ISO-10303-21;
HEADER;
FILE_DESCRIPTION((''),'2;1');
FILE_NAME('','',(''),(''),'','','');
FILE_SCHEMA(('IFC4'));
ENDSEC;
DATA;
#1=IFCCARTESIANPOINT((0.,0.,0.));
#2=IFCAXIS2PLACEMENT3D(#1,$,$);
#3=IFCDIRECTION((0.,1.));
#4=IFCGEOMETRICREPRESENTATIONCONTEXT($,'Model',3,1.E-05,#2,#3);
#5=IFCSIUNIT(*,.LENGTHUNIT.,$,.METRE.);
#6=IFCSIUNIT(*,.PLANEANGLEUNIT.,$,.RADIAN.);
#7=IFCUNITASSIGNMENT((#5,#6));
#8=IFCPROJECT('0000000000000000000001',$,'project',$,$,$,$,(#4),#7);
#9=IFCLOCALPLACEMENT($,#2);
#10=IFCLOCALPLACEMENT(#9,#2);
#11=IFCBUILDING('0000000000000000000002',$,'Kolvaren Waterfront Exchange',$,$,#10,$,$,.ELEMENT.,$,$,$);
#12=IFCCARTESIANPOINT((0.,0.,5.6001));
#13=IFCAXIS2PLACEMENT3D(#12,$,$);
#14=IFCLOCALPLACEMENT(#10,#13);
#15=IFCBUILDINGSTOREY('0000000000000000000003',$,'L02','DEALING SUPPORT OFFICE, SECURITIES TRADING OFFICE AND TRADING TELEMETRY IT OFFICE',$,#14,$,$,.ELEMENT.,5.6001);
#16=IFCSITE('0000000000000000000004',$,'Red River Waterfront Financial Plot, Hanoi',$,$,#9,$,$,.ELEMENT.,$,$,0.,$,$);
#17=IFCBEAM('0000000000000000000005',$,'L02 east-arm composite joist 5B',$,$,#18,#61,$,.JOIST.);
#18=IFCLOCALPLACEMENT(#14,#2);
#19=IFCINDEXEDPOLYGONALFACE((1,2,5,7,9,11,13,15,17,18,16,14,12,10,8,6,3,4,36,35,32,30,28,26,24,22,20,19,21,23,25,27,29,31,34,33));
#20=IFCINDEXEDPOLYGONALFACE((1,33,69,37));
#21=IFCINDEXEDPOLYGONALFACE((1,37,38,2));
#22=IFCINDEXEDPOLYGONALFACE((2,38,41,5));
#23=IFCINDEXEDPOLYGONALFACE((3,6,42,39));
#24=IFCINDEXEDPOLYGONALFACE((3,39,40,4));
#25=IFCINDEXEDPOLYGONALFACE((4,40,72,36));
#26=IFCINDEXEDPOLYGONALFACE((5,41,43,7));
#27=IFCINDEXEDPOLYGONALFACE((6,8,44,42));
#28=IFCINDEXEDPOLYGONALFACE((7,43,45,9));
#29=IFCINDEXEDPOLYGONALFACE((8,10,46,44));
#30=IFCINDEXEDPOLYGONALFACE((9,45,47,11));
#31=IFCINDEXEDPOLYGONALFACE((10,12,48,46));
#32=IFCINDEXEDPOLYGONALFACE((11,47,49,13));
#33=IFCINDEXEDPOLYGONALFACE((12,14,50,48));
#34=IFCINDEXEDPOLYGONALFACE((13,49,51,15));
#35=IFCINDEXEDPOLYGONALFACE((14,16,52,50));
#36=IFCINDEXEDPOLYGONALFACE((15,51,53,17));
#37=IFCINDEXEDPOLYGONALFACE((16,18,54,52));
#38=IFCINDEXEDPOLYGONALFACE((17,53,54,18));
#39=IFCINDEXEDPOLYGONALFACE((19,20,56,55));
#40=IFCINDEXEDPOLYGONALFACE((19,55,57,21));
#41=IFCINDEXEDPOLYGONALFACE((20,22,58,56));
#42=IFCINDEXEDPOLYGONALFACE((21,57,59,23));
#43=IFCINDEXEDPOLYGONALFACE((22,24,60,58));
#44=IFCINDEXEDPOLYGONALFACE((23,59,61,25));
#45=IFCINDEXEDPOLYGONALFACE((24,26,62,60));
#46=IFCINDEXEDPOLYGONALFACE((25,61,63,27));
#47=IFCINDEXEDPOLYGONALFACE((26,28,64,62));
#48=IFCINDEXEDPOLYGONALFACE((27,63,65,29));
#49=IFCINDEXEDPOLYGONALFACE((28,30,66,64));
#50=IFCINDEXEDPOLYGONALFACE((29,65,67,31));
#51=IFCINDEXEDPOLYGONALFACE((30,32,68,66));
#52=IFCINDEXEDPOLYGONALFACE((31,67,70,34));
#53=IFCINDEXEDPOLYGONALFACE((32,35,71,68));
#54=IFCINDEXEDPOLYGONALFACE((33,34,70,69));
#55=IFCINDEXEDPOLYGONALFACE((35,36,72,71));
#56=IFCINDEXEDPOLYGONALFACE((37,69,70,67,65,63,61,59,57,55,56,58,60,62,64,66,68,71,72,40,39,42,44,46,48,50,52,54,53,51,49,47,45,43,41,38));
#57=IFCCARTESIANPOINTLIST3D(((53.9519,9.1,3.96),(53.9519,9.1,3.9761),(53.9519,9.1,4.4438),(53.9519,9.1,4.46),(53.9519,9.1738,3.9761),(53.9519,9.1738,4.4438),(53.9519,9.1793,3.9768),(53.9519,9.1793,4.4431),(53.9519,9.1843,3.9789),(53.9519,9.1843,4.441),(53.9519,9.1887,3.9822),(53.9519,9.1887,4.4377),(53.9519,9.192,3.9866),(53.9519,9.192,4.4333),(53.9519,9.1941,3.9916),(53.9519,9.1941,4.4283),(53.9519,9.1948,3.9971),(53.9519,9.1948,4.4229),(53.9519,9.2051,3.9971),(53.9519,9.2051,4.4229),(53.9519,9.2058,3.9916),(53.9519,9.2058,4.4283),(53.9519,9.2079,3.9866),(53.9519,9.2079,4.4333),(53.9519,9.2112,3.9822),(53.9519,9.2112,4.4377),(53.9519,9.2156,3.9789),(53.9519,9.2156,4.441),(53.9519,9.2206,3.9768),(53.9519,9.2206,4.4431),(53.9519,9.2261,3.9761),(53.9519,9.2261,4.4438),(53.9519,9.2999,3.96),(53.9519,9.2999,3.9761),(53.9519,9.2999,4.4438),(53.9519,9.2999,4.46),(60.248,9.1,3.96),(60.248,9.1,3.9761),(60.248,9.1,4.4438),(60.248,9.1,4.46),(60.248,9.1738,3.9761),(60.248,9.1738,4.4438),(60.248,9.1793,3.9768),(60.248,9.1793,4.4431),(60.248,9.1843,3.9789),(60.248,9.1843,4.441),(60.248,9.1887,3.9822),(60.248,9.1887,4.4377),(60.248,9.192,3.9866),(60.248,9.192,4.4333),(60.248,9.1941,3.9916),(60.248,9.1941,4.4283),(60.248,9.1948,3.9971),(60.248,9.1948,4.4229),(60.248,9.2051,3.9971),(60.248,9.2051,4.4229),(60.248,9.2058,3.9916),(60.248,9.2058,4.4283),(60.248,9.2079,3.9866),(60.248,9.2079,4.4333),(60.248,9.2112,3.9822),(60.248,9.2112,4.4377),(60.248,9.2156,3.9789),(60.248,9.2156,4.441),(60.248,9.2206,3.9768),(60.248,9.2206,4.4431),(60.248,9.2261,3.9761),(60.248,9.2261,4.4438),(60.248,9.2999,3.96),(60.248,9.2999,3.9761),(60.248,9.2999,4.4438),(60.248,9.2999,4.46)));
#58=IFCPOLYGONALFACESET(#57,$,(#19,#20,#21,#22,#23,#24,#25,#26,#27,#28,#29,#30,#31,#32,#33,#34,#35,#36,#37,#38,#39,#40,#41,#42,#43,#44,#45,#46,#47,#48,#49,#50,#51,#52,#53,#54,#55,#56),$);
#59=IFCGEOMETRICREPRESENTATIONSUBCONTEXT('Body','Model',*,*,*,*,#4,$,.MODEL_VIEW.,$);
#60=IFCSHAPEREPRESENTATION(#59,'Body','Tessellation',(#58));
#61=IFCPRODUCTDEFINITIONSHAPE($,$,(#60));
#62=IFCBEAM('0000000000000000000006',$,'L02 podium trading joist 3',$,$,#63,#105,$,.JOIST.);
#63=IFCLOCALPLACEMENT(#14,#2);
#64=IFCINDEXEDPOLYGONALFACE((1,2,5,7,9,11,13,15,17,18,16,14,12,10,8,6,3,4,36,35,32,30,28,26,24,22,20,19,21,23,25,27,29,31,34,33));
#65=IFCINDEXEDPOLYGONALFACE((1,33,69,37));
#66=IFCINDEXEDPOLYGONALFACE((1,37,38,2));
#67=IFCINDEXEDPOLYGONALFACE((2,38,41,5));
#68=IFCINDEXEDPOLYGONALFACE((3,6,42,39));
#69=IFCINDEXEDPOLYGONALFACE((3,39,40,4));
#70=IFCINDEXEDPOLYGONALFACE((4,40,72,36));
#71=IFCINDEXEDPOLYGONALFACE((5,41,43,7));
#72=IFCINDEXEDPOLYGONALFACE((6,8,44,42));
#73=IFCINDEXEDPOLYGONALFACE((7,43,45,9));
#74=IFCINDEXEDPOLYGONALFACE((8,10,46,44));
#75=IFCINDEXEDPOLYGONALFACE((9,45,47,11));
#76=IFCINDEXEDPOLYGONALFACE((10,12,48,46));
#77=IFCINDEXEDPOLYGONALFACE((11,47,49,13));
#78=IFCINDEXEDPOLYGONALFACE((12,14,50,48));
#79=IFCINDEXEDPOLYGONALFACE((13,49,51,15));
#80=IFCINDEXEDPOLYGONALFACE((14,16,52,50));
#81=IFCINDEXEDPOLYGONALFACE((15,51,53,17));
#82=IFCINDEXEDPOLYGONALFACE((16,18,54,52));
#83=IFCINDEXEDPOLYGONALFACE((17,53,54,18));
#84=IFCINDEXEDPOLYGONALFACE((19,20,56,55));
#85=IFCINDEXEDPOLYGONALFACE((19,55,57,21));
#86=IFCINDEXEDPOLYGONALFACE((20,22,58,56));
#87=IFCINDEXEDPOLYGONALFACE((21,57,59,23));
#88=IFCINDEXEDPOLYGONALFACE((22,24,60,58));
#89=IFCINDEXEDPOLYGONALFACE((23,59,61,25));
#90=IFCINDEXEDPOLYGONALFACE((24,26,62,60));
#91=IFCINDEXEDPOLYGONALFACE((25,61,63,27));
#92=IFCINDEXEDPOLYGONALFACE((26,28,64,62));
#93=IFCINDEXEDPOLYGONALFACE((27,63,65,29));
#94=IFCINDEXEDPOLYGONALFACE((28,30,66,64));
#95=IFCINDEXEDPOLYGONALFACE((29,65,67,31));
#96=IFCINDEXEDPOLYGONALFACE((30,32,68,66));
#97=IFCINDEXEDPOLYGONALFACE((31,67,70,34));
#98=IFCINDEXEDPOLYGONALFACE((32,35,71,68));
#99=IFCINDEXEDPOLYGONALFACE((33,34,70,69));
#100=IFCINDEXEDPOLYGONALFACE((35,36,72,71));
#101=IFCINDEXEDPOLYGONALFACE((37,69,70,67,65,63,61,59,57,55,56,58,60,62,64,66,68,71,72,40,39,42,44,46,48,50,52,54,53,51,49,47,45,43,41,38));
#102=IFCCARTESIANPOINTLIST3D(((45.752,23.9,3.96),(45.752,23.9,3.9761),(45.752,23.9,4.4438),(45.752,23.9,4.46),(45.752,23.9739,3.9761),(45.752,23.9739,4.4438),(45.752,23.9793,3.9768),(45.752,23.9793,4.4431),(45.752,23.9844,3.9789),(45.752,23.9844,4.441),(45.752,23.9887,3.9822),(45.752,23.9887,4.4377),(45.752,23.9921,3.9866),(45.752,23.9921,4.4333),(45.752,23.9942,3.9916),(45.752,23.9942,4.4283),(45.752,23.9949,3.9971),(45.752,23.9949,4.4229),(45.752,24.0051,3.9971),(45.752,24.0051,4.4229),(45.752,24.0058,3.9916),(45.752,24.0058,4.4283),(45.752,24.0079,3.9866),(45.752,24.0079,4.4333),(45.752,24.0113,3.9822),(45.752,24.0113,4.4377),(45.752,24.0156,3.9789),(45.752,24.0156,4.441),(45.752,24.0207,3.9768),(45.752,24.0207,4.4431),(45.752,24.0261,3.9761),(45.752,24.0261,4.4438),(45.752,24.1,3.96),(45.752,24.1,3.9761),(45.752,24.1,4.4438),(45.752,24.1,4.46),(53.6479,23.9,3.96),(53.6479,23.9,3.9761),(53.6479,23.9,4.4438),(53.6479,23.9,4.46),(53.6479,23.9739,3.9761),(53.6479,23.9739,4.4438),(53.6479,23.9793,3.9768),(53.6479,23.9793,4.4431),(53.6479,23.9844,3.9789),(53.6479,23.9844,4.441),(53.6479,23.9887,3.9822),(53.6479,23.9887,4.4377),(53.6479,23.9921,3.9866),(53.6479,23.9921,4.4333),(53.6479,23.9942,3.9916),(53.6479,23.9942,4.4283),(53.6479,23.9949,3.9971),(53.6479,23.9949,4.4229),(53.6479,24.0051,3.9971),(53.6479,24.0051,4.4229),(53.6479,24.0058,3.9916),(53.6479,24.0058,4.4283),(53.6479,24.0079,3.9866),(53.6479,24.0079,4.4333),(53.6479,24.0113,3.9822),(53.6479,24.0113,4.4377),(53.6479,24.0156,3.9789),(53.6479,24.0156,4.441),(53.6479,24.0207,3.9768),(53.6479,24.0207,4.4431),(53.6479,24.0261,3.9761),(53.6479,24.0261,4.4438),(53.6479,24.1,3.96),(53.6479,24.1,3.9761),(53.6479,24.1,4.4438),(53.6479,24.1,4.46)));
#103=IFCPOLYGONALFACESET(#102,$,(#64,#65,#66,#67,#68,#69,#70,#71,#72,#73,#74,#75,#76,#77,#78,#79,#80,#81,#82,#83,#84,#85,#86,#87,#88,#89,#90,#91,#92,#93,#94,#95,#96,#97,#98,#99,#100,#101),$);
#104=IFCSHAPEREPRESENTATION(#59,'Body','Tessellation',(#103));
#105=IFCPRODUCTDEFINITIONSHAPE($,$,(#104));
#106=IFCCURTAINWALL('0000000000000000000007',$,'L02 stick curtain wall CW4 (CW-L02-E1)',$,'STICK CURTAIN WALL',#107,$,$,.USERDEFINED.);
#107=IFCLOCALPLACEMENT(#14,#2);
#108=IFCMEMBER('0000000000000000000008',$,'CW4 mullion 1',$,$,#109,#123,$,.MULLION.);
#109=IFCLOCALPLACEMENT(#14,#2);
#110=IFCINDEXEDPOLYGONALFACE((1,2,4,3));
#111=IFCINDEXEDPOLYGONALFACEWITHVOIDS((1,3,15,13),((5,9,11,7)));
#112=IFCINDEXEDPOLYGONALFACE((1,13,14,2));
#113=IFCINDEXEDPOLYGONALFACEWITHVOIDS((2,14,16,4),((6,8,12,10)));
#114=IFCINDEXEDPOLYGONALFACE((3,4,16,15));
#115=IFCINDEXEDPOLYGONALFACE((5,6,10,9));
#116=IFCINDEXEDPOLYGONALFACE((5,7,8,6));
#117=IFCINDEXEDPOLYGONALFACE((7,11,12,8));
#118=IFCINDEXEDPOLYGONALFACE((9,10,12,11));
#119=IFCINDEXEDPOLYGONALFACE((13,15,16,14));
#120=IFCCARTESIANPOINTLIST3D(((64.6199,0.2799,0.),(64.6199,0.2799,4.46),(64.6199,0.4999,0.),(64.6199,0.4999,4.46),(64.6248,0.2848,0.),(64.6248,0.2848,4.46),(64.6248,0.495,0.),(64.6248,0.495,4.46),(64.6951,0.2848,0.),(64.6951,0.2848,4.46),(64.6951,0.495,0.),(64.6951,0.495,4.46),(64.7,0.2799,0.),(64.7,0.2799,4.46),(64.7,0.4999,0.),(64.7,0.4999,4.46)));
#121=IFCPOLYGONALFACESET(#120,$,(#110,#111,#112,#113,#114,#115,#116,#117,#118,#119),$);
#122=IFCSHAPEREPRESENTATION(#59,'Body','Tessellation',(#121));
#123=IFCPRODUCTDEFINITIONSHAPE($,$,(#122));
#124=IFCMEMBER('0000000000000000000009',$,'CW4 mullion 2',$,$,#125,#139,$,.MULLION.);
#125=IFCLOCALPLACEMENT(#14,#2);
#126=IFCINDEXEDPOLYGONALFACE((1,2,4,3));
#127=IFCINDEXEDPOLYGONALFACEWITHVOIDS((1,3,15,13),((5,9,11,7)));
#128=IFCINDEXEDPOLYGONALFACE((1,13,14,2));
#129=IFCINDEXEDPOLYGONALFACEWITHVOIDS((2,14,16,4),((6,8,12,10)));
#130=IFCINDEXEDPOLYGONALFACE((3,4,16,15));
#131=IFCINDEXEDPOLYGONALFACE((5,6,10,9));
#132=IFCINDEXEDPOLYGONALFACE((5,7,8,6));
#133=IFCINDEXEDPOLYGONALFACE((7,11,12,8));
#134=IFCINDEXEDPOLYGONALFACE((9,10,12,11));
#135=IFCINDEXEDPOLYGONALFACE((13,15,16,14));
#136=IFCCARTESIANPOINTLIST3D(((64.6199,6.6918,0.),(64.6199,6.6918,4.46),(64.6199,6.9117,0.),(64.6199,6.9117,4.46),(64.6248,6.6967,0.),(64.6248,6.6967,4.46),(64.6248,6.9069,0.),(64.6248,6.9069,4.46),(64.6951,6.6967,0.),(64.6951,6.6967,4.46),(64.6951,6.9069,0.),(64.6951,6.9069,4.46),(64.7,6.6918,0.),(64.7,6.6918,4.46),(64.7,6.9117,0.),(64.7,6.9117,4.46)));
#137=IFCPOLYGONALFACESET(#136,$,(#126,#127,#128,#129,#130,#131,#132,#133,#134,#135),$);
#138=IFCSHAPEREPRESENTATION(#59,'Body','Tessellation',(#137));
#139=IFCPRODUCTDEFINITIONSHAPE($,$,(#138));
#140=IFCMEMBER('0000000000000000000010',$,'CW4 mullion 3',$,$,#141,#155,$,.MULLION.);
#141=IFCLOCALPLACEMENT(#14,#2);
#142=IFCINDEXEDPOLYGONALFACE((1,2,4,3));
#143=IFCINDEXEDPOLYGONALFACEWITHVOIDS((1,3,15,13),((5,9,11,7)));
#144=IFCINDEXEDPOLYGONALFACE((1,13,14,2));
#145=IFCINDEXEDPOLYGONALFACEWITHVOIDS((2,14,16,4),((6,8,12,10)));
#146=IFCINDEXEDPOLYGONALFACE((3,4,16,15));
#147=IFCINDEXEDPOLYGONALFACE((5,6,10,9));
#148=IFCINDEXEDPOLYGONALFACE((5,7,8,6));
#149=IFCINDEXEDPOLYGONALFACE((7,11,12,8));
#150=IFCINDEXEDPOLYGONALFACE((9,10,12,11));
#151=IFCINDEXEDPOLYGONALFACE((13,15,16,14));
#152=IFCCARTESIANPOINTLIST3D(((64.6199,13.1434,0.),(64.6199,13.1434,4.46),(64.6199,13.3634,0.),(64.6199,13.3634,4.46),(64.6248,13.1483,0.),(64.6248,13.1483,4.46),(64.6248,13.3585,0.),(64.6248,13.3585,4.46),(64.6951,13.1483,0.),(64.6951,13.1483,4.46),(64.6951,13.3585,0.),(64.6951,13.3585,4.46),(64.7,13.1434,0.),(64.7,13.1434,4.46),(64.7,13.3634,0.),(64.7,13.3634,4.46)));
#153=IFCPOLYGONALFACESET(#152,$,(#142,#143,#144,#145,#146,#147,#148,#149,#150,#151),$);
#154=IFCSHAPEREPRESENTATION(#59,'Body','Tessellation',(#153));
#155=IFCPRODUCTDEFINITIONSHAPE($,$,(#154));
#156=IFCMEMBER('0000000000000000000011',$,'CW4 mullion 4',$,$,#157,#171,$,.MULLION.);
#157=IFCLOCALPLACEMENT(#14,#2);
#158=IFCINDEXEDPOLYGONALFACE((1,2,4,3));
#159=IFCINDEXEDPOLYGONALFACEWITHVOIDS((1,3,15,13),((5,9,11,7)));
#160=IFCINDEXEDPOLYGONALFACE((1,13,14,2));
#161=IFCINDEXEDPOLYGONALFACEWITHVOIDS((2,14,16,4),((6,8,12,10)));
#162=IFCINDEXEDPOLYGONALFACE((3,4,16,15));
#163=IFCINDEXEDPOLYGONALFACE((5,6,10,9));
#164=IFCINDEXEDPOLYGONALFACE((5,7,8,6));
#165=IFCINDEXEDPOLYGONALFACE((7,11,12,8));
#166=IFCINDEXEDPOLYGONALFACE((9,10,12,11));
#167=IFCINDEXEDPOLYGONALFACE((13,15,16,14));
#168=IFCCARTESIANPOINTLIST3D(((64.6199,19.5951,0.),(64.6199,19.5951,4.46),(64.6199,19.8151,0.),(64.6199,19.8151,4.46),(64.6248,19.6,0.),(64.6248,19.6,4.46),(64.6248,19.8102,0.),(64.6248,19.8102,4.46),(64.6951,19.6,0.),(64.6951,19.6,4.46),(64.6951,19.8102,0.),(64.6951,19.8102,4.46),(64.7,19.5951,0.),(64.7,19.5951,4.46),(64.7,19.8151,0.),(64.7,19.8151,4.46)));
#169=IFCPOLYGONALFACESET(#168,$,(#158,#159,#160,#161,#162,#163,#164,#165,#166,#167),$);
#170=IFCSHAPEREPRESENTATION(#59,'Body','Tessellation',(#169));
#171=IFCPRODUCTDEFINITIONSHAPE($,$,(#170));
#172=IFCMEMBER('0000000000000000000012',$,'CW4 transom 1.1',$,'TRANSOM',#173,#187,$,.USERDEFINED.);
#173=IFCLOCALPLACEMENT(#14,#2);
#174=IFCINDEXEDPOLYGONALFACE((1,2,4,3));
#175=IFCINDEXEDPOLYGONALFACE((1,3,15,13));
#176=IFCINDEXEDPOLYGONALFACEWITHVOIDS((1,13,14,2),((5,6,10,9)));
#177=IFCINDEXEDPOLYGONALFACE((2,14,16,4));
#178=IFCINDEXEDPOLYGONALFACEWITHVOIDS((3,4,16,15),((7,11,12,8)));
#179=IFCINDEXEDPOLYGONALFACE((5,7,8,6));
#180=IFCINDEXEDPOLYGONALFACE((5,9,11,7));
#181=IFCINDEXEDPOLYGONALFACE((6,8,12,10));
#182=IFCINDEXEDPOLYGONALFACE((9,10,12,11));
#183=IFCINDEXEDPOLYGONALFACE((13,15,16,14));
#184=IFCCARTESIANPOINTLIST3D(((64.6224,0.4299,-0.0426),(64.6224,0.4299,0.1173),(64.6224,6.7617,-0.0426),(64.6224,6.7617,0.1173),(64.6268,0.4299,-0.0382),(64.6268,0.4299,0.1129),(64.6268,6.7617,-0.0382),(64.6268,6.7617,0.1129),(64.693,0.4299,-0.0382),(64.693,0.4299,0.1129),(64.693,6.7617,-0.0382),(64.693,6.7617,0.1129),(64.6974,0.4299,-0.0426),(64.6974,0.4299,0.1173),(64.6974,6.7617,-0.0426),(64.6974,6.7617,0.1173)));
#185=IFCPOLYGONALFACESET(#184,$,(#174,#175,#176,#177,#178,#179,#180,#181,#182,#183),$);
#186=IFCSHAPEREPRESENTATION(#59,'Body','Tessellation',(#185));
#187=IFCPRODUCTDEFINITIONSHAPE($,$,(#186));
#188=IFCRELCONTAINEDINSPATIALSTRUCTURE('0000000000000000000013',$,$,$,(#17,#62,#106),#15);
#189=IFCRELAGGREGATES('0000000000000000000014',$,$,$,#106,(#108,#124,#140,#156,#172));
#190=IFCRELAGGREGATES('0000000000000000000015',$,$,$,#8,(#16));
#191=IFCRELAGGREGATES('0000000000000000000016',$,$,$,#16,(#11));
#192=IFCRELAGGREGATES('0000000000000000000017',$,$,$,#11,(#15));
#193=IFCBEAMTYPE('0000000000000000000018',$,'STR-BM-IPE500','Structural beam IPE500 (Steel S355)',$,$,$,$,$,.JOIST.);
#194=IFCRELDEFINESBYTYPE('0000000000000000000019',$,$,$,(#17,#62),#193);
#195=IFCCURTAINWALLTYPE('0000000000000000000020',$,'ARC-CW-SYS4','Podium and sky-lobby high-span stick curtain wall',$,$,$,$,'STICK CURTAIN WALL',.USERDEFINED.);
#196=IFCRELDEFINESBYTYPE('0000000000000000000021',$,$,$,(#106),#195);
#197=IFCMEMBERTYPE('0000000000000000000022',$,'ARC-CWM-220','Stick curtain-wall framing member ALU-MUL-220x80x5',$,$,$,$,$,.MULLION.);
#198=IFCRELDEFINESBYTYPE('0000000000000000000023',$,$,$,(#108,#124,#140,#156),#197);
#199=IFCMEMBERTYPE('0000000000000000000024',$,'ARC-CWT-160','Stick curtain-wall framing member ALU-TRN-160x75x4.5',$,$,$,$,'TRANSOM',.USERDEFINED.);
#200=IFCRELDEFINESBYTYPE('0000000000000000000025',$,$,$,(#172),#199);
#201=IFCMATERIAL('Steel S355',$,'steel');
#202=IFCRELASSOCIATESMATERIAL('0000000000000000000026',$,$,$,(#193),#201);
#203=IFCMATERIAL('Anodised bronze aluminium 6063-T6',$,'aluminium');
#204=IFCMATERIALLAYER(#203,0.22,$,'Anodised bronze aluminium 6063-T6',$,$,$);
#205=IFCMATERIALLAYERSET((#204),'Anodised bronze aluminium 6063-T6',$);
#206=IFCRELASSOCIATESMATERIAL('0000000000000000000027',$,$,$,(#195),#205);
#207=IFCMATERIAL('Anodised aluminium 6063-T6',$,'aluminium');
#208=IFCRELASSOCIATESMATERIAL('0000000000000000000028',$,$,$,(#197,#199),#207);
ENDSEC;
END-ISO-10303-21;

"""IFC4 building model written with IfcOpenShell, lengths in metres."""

from ifc_helpers import new_model, si_unit, direction, frame, origin, origin_with_axes, origin_2d, place, context, subcontext, project, spatial, hollow_rectangle, i_section, extrude, source, transform, mapped, material, layer, layer_set, material_profile, profile_set, type_object, element, aggregate, save


model = new_model("IFC4")

# Units and contexts
model_context = context("Model", 3, precision=1e-05, world=origin(), true_north=direction((0.0, 1.0)))
body_context = subcontext(model_context, "Body", "Model", "MODEL_VIEW")
ifc_project = project(units=[si_unit("LENGTHUNIT", "METRE"), si_unit("PLANEANGLEUNIT", "RADIAN")], contexts=[model_context])

# Site, building, storey
site_placement = place(None, origin())
site = spatial("IfcSite", under=ifc_project, at=site_placement, Name="Red River Waterfront Financial Plot, Hanoi", CompositionType="ELEMENT", RefElevation=0.0)
building_placement = place(site_placement, origin())
building = spatial("IfcBuilding", under=site, at=building_placement, Name="Kolvaren Waterfront Exchange", CompositionType="ELEMENT")
storey_placement = place(building_placement, frame((0.0, 0.0, 5.6001)))
storey = spatial("IfcBuildingStorey", under=building, at=storey_placement, Name="L02", Description="DEALING SUPPORT OFFICE, SECURITIES TRADING OFFICE AND TRADING TELEMETRY IT OFFICE", CompositionType="ELEMENT", Elevation=5.6001)

# Beams
ifc_material_1 = material(Name="Steel S355", Category="steel")
ifc_material_profile_1 = material_profile(ifc_material_1, i_section(OverallWidth=0.2, OverallDepth=0.5, WebThickness=0.0103, FlangeThickness=0.0161, FilletRadius=0.021, at=origin_2d()), Name="IPE500")
ifc_profile_set_1 = profile_set([ifc_material_profile_1], Name="Steel S355")
beam_type_1 = type_object("IfcBeamType", Name="STR-BM-IPE500", Description="Structural beam IPE500 (Steel S355)", PredefinedType="JOIST", material=ifc_profile_set_1)
for number, where, z_axis, x_axis, name in (
    (1, (53.9519, 9.2, 4.21), (1.0, 0.0, 0.0), (0.0, 1.0, 0.0), "L02 east-arm composite joist 5B"),
):
    element("IfcBeam", number, at=place(storey_placement, frame(where, z_axis=z_axis, x_axis=x_axis)), inside=storey, type_object=beam_type_1, Name=name, PredefinedType="JOIST", context=body_context, shape_type="SweptSolid", body=[
        extrude(i_section(OverallWidth=0.2, OverallDepth=0.5, WebThickness=0.0103, FlangeThickness=0.0161, FilletRadius=0.021, at=origin_2d()), origin(), (0.0, 0.0, 1.0), 6.2961),
    ])
beam_1_placement = place(storey_placement, frame((45.752, 24.0, 4.21), z_axis=(1.0, 0.0, 0.0), x_axis=(0.0, 1.0, 0.0)))
element("IfcBeam", 2, at=beam_1_placement, inside=storey, type_object=beam_type_1, Name="L02 podium trading joist 3", PredefinedType="JOIST", context=body_context, shape_type="SweptSolid", body=[
    extrude(i_section(OverallWidth=0.2, OverallDepth=0.5, WebThickness=0.0103, FlangeThickness=0.0161, FilletRadius=0.021, at=origin_2d()), origin(), (0.0, 0.0, 1.0), 7.896),
])

# Curtain wall, members
ifc_material_2 = material(Name="Anodised bronze aluminium 6063-T6", Category="aluminium")
ifc_layer_1 = layer(ifc_material_2, 0.22, Name="Anodised bronze aluminium 6063-T6")
ifc_layer_set_1 = layer_set([ifc_layer_1], Name="Anodised bronze aluminium 6063-T6")
curtain_wall_type = type_object("IfcCurtainWallType", Name="ARC-CW-SYS4", Description="Podium and sky-lobby high-span stick curtain wall", ElementType="STICK CURTAIN WALL", PredefinedType="USERDEFINED", material=ifc_layer_set_1)
curtain_wall_placement = place(storey_placement, origin())
curtain_wall = element("IfcCurtainWall", 3, at=curtain_wall_placement, inside=storey, type_object=curtain_wall_type, Name="L02 stick curtain wall CW4 (CW-L02-E1)", ObjectType="STICK CURTAIN WALL", PredefinedType="USERDEFINED")
ifc_material_3 = material(Name="Anodised aluminium 6063-T6", Category="aluminium")
ifc_material_profile_2 = material_profile(ifc_material_3, hollow_rectangle(XDim=0.0801, YDim=0.22, WallThickness=0.0049, at=origin_2d()), Name="ALU-MUL-220x80x5")
ifc_profile_set_2 = profile_set([ifc_material_profile_2], Name="Anodised aluminium 6063-T6")
member_type_1 = type_object("IfcMemberType", Name="ARC-CWM-220", Description="Stick curtain-wall framing member ALU-MUL-220x80x5", PredefinedType="MULLION", material=ifc_profile_set_2)
shared_shape_1 = source(origin_with_axes(), body_context, "Body", "SweptSolid", [
    extrude(hollow_rectangle(XDim=0.0801, YDim=0.22, WallThickness=0.0049, at=origin_2d()), origin(), (0.0, 0.0, 1.0), 4.46),
])
member_1_placement = place(storey_placement, frame((64.6599, 0.3899, 0.0), z_axis=(0.0, 0.0, 1.0), x_axis=(-1.0, 0.0, 0.0)))
member_1 = element("IfcMember", 4, at=member_1_placement, type_object=member_type_1, Name="CW4 mullion 1", PredefinedType="MULLION", context=body_context, shape_type="MappedRepresentation", body=[
    mapped(shared_shape_1, transform((0.0, 0.0, 0.0), x_axis=(1.0, 0.0, 0.0), y_axis=(0.0, 1.0, 0.0), z_axis=(0.0, 0.0, 1.0), scale=1.0)),
])
member_2_placement = place(storey_placement, frame((64.6599, 6.8018, 0.0), z_axis=(0.0, 0.0, 1.0), x_axis=(-1.0, 0.0, 0.0)))
member_2 = element("IfcMember", 5, at=member_2_placement, type_object=member_type_1, Name="CW4 mullion 2", PredefinedType="MULLION", context=body_context, shape_type="MappedRepresentation", body=[
    mapped(shared_shape_1, transform((0.0, 0.0, 0.0), x_axis=(1.0, 0.0, 0.0), y_axis=(0.0, 1.0, 0.0), z_axis=(0.0, 0.0, 1.0), scale=1.0)),
])
member_3_placement = place(storey_placement, frame((64.6599, 13.2534, 0.0), z_axis=(0.0, 0.0, 1.0), x_axis=(-1.0, 0.0, 0.0)))
member_3 = element("IfcMember", 6, at=member_3_placement, type_object=member_type_1, Name="CW4 mullion 3", PredefinedType="MULLION", context=body_context, shape_type="MappedRepresentation", body=[
    mapped(shared_shape_1, transform((0.0, 0.0, 0.0), x_axis=(1.0, 0.0, 0.0), y_axis=(0.0, 1.0, 0.0), z_axis=(0.0, 0.0, 1.0), scale=1.0)),
])
member_4_placement = place(storey_placement, frame((64.6599, 19.7051, 0.0), z_axis=(0.0, 0.0, 1.0), x_axis=(-1.0, 0.0, 0.0)))
member_4 = element("IfcMember", 7, at=member_4_placement, type_object=member_type_1, Name="CW4 mullion 4", PredefinedType="MULLION", context=body_context, shape_type="MappedRepresentation", body=[
    mapped(shared_shape_1, transform((0.0, 0.0, 0.0), x_axis=(1.0, 0.0, 0.0), y_axis=(0.0, 1.0, 0.0), z_axis=(0.0, 0.0, 1.0), scale=1.0)),
])
ifc_material_profile_3 = material_profile(ifc_material_3, hollow_rectangle(XDim=0.075, YDim=0.1599, WallThickness=0.0044, at=origin_2d()), Name="ALU-TRN-160x75x4.5")
ifc_profile_set_3 = profile_set([ifc_material_profile_3], Name="Anodised aluminium 6063-T6")
member_type_2 = type_object("IfcMemberType", Name="ARC-CWT-160", Description="Stick curtain-wall framing member ALU-TRN-160x75x4.5", ElementType="TRANSOM", PredefinedType="USERDEFINED", material=ifc_profile_set_3)
shared_shape_2 = source(origin_with_axes(), body_context, "Body", "SweptSolid", [
    extrude(hollow_rectangle(XDim=0.075, YDim=0.1599, WallThickness=0.0044, at=origin_2d()), origin(), (0.0, 0.0, 1.0), 6.3318),
])
member_5_placement = place(storey_placement, frame((64.6599, 0.4299, 0.0374), z_axis=(0.0, 1.0, 0.0), x_axis=(-1.0, 0.0, 0.0)))
member_5 = element("IfcMember", 8, at=member_5_placement, type_object=member_type_2, Name="CW4 transom 1.1", ObjectType="TRANSOM", PredefinedType="USERDEFINED", context=body_context, shape_type="MappedRepresentation", body=[
    mapped(shared_shape_2, transform((0.0, 0.0, 0.0), x_axis=(1.0, 0.0, 0.0), y_axis=(0.0, 1.0, 0.0), z_axis=(0.0, 0.0, 1.0), scale=1.0)),
])
aggregate(curtain_wall, [member_1, member_2, member_3, member_4, member_5])

save(model, "model.ifc")
